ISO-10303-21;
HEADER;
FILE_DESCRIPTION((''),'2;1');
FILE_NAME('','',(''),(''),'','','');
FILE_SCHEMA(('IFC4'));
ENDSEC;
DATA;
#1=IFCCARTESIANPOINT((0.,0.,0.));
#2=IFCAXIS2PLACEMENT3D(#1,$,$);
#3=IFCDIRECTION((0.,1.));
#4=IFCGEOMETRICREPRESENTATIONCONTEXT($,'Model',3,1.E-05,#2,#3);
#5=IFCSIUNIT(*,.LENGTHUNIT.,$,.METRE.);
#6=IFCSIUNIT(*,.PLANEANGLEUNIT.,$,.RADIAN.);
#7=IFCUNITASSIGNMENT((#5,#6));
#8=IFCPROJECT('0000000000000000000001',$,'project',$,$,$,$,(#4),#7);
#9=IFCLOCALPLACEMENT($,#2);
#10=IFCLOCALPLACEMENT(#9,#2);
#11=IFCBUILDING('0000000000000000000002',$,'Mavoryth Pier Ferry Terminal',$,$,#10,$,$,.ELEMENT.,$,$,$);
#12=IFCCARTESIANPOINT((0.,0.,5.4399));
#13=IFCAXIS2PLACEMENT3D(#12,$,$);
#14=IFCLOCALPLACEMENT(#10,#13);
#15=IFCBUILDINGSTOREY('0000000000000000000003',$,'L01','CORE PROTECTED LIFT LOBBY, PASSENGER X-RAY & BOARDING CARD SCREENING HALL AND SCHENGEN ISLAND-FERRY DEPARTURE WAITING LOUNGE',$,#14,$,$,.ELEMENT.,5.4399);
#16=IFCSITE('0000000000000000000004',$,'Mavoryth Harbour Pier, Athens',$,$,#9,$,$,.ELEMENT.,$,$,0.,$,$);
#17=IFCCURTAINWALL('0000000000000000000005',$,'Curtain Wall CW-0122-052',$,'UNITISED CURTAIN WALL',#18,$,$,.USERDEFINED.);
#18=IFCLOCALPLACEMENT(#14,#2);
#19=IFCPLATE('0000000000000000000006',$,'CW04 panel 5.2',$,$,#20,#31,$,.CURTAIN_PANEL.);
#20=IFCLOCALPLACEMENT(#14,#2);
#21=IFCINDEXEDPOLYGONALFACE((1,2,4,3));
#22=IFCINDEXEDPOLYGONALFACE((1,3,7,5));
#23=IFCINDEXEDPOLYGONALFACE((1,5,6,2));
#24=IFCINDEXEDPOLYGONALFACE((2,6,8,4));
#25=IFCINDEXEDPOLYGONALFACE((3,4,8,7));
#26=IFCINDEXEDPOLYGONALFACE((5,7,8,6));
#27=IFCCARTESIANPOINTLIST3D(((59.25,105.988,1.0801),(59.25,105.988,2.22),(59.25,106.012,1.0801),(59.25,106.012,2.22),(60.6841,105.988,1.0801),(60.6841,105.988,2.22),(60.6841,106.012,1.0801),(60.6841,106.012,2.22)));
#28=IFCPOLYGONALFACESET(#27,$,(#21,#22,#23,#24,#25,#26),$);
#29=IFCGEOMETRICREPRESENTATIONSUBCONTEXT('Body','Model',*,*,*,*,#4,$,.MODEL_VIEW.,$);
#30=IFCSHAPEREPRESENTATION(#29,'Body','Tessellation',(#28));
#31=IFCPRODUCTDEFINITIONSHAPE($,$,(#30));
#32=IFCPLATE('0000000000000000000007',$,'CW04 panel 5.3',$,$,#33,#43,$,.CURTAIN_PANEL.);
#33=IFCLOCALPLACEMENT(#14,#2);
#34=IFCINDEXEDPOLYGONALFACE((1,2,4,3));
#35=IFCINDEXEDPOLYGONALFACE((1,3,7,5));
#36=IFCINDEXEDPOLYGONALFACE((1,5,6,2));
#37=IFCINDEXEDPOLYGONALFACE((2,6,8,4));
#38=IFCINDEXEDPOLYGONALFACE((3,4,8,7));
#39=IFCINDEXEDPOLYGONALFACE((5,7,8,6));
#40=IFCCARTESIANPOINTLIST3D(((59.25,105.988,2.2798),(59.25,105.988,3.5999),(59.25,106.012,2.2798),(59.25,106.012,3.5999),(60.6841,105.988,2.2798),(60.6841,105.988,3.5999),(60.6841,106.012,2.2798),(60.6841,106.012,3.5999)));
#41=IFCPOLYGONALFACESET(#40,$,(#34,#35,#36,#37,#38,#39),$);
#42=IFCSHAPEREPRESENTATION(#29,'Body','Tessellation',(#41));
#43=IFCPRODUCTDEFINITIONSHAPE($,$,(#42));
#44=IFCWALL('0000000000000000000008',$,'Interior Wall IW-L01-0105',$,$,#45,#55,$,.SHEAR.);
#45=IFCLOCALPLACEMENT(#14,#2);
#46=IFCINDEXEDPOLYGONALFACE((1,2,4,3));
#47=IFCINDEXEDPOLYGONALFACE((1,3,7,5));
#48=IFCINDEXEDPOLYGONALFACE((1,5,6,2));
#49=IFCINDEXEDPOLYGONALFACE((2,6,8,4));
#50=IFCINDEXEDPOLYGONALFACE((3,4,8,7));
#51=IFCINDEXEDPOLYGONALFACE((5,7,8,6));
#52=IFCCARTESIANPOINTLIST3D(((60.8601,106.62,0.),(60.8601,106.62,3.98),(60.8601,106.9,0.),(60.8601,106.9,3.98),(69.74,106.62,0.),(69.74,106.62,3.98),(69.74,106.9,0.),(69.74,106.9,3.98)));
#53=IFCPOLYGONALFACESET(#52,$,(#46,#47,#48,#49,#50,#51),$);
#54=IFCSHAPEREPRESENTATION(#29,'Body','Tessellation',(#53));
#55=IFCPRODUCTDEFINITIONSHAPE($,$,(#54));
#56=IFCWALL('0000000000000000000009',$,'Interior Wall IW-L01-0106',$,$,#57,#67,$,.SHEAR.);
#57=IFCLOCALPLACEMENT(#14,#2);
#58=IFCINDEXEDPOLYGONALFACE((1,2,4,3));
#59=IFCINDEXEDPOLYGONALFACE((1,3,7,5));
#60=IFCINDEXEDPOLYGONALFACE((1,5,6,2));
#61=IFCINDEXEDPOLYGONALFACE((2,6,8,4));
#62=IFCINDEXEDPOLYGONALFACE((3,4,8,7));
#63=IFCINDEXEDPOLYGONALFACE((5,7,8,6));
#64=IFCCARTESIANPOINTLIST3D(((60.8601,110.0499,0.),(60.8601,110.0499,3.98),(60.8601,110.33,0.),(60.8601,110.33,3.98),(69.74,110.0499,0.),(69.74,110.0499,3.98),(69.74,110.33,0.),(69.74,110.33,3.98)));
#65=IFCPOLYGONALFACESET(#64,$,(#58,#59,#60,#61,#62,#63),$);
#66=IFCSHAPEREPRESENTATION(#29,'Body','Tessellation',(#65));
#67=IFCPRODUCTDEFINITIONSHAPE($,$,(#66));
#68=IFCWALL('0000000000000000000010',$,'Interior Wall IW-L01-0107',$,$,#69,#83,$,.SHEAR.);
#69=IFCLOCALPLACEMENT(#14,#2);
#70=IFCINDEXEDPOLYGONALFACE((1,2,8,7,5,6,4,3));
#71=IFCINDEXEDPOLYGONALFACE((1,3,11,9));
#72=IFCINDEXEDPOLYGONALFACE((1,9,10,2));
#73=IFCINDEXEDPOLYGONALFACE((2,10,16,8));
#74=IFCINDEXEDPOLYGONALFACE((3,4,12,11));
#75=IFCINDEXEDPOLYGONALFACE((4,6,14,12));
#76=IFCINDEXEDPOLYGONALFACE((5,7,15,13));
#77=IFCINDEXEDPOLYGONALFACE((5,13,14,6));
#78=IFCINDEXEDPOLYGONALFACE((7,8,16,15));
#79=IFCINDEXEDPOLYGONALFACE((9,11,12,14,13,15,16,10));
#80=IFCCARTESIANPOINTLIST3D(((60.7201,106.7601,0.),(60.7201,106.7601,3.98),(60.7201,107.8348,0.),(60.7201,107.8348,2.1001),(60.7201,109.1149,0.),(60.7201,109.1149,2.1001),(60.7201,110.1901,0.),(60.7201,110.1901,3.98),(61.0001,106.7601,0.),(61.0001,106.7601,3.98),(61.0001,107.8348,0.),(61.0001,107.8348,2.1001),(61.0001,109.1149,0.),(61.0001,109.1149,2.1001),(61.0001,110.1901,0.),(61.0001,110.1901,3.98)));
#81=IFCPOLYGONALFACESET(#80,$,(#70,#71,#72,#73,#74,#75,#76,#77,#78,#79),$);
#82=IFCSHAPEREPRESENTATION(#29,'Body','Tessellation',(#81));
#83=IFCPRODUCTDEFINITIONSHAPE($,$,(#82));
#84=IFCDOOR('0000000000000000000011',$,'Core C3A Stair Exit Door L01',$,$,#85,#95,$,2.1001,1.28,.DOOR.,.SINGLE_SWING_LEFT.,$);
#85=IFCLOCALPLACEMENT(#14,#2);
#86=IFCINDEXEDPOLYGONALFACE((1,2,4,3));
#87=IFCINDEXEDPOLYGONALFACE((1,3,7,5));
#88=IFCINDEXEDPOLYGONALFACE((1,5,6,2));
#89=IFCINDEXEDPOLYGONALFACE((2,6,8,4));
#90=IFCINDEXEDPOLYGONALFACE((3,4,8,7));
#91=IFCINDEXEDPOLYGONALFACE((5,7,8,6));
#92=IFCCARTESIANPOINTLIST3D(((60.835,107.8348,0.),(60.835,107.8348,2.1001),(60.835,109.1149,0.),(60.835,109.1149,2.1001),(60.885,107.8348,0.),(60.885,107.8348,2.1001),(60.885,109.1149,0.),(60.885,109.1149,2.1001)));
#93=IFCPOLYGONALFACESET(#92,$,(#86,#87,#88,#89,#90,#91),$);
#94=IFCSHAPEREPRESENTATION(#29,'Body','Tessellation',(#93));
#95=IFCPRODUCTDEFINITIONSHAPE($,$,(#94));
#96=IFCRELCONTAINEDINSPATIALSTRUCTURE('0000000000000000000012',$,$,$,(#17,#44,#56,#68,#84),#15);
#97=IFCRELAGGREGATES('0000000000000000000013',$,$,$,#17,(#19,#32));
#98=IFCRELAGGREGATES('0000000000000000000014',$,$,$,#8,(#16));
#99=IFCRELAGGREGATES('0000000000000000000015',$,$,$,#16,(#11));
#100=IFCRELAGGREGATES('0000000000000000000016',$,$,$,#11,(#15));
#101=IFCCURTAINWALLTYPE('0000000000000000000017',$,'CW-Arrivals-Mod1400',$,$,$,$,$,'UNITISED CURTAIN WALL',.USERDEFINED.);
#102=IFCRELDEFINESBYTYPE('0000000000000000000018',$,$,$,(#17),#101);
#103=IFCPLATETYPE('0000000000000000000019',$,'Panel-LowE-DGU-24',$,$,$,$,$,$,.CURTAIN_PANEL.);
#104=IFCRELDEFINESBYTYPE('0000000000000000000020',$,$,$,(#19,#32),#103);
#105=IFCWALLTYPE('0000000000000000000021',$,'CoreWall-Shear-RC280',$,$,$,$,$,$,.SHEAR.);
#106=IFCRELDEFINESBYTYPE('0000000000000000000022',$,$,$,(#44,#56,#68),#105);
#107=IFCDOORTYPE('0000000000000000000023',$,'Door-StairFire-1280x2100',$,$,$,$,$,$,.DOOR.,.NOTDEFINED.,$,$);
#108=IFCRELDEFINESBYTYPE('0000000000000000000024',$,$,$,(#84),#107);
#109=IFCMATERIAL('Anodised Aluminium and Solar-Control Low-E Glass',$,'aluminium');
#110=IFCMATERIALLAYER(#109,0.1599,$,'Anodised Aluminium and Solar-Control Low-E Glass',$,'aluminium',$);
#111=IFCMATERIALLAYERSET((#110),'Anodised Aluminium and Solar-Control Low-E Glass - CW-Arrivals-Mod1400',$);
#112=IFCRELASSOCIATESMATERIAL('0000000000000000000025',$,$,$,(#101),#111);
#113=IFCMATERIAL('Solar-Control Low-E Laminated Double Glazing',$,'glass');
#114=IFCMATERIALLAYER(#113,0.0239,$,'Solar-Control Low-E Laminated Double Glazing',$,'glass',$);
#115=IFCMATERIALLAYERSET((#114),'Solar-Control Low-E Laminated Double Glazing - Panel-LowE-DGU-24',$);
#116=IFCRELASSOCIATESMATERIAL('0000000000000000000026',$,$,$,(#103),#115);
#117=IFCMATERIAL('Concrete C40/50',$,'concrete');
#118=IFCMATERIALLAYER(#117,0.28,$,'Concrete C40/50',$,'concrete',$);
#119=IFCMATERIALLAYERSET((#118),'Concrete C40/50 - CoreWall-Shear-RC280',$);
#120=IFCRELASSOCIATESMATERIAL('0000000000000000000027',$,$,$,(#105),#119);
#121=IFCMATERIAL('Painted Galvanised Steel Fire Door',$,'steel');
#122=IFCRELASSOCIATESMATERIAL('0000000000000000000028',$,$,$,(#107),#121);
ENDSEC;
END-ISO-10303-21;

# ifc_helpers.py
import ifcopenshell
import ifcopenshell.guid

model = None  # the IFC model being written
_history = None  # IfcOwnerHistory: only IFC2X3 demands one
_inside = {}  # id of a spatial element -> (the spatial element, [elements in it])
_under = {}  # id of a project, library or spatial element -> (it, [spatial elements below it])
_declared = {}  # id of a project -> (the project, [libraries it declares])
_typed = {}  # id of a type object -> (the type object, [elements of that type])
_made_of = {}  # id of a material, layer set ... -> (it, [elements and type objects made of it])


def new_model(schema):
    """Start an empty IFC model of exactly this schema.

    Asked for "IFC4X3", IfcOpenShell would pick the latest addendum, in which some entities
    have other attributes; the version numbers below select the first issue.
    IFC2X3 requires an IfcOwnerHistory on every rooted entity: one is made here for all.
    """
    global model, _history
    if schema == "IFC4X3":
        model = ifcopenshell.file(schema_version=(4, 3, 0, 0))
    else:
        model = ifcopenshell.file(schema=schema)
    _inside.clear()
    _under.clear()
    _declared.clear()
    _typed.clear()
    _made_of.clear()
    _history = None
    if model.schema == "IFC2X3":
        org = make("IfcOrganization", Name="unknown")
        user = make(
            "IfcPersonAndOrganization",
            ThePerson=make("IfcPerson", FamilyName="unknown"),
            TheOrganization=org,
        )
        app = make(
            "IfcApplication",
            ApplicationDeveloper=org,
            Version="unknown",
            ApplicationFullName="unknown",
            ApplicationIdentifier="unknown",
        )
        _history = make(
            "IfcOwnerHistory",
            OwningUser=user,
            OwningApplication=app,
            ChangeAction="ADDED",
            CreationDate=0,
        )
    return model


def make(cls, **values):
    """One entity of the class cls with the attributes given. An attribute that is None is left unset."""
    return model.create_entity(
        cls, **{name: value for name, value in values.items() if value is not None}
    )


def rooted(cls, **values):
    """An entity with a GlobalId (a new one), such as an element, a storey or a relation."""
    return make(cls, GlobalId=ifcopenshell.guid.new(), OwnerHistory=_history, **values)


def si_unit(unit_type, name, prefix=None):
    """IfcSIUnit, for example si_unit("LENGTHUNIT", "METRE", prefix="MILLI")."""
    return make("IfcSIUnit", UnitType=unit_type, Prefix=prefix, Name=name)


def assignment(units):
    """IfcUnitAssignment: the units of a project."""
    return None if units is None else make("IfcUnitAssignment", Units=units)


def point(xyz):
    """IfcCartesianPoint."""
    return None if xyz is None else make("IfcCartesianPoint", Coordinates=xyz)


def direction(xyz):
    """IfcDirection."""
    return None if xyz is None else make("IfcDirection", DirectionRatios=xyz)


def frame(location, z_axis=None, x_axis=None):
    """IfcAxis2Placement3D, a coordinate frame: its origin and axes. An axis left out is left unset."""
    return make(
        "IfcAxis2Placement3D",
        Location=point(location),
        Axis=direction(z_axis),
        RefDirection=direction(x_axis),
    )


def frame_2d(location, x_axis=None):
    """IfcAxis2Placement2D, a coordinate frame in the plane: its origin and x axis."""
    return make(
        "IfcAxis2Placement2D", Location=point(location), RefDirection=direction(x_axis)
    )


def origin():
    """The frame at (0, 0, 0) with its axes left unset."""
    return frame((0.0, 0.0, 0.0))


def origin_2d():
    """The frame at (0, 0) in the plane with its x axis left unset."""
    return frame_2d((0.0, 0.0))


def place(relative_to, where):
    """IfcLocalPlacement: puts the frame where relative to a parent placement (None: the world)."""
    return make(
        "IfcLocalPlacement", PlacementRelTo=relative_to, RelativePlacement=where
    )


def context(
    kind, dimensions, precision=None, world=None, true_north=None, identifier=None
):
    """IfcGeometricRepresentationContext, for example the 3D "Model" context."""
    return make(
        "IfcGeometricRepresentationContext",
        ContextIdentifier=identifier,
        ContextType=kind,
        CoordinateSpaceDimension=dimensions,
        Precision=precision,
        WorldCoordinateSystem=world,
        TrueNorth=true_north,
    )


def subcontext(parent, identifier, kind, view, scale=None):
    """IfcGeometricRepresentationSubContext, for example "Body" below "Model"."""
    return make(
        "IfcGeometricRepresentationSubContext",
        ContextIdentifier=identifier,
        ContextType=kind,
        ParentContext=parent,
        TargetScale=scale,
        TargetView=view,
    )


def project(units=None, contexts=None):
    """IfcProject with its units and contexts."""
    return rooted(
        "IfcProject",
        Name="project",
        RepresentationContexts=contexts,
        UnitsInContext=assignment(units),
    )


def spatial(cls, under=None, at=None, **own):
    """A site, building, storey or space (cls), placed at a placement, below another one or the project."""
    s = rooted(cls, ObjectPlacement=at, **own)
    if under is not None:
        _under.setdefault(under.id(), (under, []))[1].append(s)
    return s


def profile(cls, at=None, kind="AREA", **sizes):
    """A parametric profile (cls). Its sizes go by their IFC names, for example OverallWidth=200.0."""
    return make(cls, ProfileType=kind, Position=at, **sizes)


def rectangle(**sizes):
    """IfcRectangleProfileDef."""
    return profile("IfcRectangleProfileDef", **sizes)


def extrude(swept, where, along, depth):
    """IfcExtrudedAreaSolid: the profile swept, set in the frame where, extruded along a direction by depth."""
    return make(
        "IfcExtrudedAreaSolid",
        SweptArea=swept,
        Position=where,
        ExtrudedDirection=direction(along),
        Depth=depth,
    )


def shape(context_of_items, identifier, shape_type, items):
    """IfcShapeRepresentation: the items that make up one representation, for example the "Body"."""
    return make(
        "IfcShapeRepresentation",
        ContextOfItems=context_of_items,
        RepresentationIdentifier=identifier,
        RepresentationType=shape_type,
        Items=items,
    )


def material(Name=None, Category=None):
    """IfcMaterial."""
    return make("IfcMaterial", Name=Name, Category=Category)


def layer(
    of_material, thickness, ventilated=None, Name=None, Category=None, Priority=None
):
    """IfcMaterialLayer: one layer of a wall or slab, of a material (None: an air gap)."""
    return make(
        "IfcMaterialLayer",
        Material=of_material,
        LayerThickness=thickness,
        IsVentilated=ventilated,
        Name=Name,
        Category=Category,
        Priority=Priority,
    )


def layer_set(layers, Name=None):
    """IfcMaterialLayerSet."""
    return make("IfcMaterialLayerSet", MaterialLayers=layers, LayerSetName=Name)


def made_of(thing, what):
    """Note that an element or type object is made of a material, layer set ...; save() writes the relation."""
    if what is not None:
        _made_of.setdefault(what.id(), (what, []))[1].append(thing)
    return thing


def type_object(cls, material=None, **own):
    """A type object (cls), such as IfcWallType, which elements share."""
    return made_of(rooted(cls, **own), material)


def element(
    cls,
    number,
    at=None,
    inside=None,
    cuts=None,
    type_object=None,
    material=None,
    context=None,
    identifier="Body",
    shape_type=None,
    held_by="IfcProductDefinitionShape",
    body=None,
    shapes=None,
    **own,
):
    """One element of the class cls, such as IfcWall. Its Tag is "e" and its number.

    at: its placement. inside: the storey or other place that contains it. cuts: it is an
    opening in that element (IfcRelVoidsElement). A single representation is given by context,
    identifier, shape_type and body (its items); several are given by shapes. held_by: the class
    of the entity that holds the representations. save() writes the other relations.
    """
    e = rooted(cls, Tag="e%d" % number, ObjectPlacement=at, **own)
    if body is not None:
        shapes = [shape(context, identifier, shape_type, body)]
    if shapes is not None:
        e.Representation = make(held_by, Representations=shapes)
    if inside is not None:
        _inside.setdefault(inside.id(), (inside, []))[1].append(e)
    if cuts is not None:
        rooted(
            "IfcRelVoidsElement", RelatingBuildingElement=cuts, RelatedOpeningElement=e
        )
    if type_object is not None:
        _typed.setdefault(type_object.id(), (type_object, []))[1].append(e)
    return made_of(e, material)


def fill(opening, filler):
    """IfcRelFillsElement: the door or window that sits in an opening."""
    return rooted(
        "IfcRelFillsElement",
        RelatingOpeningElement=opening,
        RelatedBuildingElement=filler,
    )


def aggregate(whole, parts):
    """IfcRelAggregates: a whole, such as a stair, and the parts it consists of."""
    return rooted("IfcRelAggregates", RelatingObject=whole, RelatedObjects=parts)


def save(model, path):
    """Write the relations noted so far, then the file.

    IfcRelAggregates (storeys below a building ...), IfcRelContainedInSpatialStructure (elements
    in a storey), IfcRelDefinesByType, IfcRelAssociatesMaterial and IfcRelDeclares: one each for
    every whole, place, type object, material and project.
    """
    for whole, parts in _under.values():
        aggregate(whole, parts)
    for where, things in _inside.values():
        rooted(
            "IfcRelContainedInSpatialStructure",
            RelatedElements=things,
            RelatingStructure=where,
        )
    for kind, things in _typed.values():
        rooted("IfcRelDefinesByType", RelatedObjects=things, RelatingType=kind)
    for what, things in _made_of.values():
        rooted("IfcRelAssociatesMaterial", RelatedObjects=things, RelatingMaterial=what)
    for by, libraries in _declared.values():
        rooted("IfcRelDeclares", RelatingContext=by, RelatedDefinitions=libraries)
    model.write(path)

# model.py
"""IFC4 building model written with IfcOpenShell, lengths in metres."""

from ifc_helpers import new_model, si_unit, direction, frame, frame_2d, origin, origin_2d, place, context, subcontext, project, spatial, rectangle, extrude, material, layer, layer_set, type_object, element, fill, aggregate, save


model = new_model("IFC4")

# Units and contexts
model_context = context("Model", 3, precision=1e-05, world=origin(), true_north=direction((0.0, 1.0)))
body_context = subcontext(model_context, "Body", "Model", "MODEL_VIEW")
ifc_project = project(units=[si_unit("LENGTHUNIT", "METRE"), si_unit("PLANEANGLEUNIT", "RADIAN")], contexts=[model_context])

# Site, building, storey
site_placement = place(None, origin())
site = spatial("IfcSite", under=ifc_project, at=site_placement, Name="Mavoryth Harbour Pier, Athens", CompositionType="ELEMENT", RefElevation=0.0)
building_placement = place(site_placement, origin())
building = spatial("IfcBuilding", under=site, at=building_placement, Name="Mavoryth Pier Ferry Terminal", CompositionType="ELEMENT")
storey_placement = place(building_placement, frame((0.0, 0.0, 5.4399)))
storey = spatial("IfcBuildingStorey", under=building, at=storey_placement, Name="L01", Description="CORE PROTECTED LIFT LOBBY, PASSENGER X-RAY & BOARDING CARD SCREENING HALL AND SCHENGEN ISLAND-FERRY DEPARTURE WAITING LOUNGE", CompositionType="ELEMENT", Elevation=5.4399)

# Curtain wall
ifc_material_1 = material(Name="Anodised Aluminium and Solar-Control Low-E Glass", Category="aluminium")
ifc_layer_1 = layer(ifc_material_1, 0.1599, Name="Anodised Aluminium and Solar-Control Low-E Glass", Category="aluminium")
ifc_layer_set_1 = layer_set([ifc_layer_1], Name="Anodised Aluminium and Solar-Control Low-E Glass - CW-Arrivals-Mod1400")
curtain_wall_type = type_object("IfcCurtainWallType", Name="CW-Arrivals-Mod1400", ElementType="UNITISED CURTAIN WALL", PredefinedType="USERDEFINED", material=ifc_layer_set_1)
curtain_wall_placement = place(storey_placement, origin())
curtain_wall = element("IfcCurtainWall", 1, at=curtain_wall_placement, inside=storey, type_object=curtain_wall_type, Name="Curtain Wall CW-0122-052", ObjectType="UNITISED CURTAIN WALL", PredefinedType="USERDEFINED")

# Plates
ifc_material_2 = material(Name="Solar-Control Low-E Laminated Double Glazing", Category="glass")
ifc_layer_2 = layer(ifc_material_2, 0.0239, Name="Solar-Control Low-E Laminated Double Glazing", Category="glass")
ifc_layer_set_2 = layer_set([ifc_layer_2], Name="Solar-Control Low-E Laminated Double Glazing - Panel-LowE-DGU-24")
plate_type = type_object("IfcPlateType", Name="Panel-LowE-DGU-24", PredefinedType="CURTAIN_PANEL", material=ifc_layer_set_2)
plate_1_placement = place(storey_placement, frame((59.967, 106.0, 1.0801), z_axis=(0.0, 0.0, 1.0), x_axis=(-1.0, 0.0, 0.0)))
plate_1 = element("IfcPlate", 2, at=plate_1_placement, type_object=plate_type, Name="CW04 panel 5.2", PredefinedType="CURTAIN_PANEL", context=body_context, shape_type="SweptSolid", body=[
    extrude(rectangle(XDim=1.4341, YDim=0.0239, at=origin_2d()), origin(), (0.0, 0.0, 1.0), 1.1399),
])
plate_2_placement = place(storey_placement, frame((59.967, 106.0, 2.2798), z_axis=(0.0, 0.0, 1.0), x_axis=(-1.0, 0.0, 0.0)))
plate_2 = element("IfcPlate", 3, at=plate_2_placement, type_object=plate_type, Name="CW04 panel 5.3", PredefinedType="CURTAIN_PANEL", context=body_context, shape_type="SweptSolid", body=[
    extrude(rectangle(XDim=1.4341, YDim=0.0239, at=origin_2d()), origin(), (0.0, 0.0, 1.0), 1.3201),
])
aggregate(curtain_wall, [plate_1, plate_2])

# Walls
ifc_material_3 = material(Name="Concrete C40/50", Category="concrete")
ifc_layer_3 = layer(ifc_material_3, 0.28, Name="Concrete C40/50", Category="concrete")
ifc_layer_set_3 = layer_set([ifc_layer_3], Name="Concrete C40/50 - CoreWall-Shear-RC280")
wall_type = type_object("IfcWallType", Name="CoreWall-Shear-RC280", PredefinedType="SHEAR", material=ifc_layer_set_3)
for number, where, z_axis, x_axis, name in (
    (4, (60.8601, 106.76, 0.0), (0.0, 0.0, 1.0), (1.0, 0.0, 0.0), "Interior Wall IW-L01-0105"),
    (5, (60.8601, 110.1899, 0.0), (0.0, 0.0, 1.0), (1.0, 0.0, 0.0), "Interior Wall IW-L01-0106"),
):
    element("IfcWall", number, at=place(storey_placement, frame(where, z_axis=z_axis, x_axis=x_axis)), inside=storey, type_object=wall_type, Name=name, PredefinedType="SHEAR", context=body_context, shape_type="SweptSolid", body=[
        extrude(rectangle(XDim=8.8799, YDim=0.28, at=frame_2d((4.4399, 0.0))), origin(), (0.0, 0.0, 1.0), 3.98),
    ])

# Wall, opening, door
wall_placement = place(storey_placement, frame((60.8601, 110.1899, 0.0), z_axis=(0.0, 0.0, 1.0), x_axis=(0.0, -1.0, 0.0)))
wall = element("IfcWall", 6, at=wall_placement, inside=storey, type_object=wall_type, Name="Interior Wall IW-L01-0107", PredefinedType="SHEAR", context=body_context, shape_type="SweptSolid", body=[
    extrude(rectangle(XDim=3.4299, YDim=0.28, at=frame_2d((1.7148, 0.0))), origin(), (0.0, 0.0, 1.0), 3.98),
])
opening_placement = place(wall_placement, frame((1.075, 0.0, 0.0)))
opening = element("IfcOpeningElement", 7, at=opening_placement, cuts=wall, PredefinedType="OPENING", context=body_context, shape_type="SweptSolid", body=[
    extrude(rectangle(XDim=1.28, YDim=2.1001, at=frame_2d((0.6401, 1.05))), frame((0.0, 0.1499, 0.0), z_axis=(0.0, -1.0, 0.0), x_axis=(1.0, 0.0, 0.0)), (0.0, 0.0, 1.0), 0.3),
])
ifc_material_4 = material(Name="Painted Galvanised Steel Fire Door", Category="steel")
door_type = type_object("IfcDoorType", Name="Door-StairFire-1280x2100", OperationType="NOTDEFINED", PredefinedType="DOOR", material=ifc_material_4)
door_placement = place(opening_placement, origin())
door = element("IfcDoor", 8, at=door_placement, inside=storey, type_object=door_type, Name="Core C3A Stair Exit Door L01", OperationType="SINGLE_SWING_LEFT", OverallHeight=2.1001, OverallWidth=1.28, PredefinedType="DOOR", context=body_context, shape_type="SweptSolid", body=[
    extrude(rectangle(XDim=1.28, YDim=2.1001, at=frame_2d((0.6401, 1.05))), frame((0.0, 0.0249, 0.0), z_axis=(0.0, -1.0, 0.0), x_axis=(1.0, 0.0, 0.0)), (0.0, 0.0, 1.0), 0.05),
])
fill(opening, door)

save(model, "model.ifc")
